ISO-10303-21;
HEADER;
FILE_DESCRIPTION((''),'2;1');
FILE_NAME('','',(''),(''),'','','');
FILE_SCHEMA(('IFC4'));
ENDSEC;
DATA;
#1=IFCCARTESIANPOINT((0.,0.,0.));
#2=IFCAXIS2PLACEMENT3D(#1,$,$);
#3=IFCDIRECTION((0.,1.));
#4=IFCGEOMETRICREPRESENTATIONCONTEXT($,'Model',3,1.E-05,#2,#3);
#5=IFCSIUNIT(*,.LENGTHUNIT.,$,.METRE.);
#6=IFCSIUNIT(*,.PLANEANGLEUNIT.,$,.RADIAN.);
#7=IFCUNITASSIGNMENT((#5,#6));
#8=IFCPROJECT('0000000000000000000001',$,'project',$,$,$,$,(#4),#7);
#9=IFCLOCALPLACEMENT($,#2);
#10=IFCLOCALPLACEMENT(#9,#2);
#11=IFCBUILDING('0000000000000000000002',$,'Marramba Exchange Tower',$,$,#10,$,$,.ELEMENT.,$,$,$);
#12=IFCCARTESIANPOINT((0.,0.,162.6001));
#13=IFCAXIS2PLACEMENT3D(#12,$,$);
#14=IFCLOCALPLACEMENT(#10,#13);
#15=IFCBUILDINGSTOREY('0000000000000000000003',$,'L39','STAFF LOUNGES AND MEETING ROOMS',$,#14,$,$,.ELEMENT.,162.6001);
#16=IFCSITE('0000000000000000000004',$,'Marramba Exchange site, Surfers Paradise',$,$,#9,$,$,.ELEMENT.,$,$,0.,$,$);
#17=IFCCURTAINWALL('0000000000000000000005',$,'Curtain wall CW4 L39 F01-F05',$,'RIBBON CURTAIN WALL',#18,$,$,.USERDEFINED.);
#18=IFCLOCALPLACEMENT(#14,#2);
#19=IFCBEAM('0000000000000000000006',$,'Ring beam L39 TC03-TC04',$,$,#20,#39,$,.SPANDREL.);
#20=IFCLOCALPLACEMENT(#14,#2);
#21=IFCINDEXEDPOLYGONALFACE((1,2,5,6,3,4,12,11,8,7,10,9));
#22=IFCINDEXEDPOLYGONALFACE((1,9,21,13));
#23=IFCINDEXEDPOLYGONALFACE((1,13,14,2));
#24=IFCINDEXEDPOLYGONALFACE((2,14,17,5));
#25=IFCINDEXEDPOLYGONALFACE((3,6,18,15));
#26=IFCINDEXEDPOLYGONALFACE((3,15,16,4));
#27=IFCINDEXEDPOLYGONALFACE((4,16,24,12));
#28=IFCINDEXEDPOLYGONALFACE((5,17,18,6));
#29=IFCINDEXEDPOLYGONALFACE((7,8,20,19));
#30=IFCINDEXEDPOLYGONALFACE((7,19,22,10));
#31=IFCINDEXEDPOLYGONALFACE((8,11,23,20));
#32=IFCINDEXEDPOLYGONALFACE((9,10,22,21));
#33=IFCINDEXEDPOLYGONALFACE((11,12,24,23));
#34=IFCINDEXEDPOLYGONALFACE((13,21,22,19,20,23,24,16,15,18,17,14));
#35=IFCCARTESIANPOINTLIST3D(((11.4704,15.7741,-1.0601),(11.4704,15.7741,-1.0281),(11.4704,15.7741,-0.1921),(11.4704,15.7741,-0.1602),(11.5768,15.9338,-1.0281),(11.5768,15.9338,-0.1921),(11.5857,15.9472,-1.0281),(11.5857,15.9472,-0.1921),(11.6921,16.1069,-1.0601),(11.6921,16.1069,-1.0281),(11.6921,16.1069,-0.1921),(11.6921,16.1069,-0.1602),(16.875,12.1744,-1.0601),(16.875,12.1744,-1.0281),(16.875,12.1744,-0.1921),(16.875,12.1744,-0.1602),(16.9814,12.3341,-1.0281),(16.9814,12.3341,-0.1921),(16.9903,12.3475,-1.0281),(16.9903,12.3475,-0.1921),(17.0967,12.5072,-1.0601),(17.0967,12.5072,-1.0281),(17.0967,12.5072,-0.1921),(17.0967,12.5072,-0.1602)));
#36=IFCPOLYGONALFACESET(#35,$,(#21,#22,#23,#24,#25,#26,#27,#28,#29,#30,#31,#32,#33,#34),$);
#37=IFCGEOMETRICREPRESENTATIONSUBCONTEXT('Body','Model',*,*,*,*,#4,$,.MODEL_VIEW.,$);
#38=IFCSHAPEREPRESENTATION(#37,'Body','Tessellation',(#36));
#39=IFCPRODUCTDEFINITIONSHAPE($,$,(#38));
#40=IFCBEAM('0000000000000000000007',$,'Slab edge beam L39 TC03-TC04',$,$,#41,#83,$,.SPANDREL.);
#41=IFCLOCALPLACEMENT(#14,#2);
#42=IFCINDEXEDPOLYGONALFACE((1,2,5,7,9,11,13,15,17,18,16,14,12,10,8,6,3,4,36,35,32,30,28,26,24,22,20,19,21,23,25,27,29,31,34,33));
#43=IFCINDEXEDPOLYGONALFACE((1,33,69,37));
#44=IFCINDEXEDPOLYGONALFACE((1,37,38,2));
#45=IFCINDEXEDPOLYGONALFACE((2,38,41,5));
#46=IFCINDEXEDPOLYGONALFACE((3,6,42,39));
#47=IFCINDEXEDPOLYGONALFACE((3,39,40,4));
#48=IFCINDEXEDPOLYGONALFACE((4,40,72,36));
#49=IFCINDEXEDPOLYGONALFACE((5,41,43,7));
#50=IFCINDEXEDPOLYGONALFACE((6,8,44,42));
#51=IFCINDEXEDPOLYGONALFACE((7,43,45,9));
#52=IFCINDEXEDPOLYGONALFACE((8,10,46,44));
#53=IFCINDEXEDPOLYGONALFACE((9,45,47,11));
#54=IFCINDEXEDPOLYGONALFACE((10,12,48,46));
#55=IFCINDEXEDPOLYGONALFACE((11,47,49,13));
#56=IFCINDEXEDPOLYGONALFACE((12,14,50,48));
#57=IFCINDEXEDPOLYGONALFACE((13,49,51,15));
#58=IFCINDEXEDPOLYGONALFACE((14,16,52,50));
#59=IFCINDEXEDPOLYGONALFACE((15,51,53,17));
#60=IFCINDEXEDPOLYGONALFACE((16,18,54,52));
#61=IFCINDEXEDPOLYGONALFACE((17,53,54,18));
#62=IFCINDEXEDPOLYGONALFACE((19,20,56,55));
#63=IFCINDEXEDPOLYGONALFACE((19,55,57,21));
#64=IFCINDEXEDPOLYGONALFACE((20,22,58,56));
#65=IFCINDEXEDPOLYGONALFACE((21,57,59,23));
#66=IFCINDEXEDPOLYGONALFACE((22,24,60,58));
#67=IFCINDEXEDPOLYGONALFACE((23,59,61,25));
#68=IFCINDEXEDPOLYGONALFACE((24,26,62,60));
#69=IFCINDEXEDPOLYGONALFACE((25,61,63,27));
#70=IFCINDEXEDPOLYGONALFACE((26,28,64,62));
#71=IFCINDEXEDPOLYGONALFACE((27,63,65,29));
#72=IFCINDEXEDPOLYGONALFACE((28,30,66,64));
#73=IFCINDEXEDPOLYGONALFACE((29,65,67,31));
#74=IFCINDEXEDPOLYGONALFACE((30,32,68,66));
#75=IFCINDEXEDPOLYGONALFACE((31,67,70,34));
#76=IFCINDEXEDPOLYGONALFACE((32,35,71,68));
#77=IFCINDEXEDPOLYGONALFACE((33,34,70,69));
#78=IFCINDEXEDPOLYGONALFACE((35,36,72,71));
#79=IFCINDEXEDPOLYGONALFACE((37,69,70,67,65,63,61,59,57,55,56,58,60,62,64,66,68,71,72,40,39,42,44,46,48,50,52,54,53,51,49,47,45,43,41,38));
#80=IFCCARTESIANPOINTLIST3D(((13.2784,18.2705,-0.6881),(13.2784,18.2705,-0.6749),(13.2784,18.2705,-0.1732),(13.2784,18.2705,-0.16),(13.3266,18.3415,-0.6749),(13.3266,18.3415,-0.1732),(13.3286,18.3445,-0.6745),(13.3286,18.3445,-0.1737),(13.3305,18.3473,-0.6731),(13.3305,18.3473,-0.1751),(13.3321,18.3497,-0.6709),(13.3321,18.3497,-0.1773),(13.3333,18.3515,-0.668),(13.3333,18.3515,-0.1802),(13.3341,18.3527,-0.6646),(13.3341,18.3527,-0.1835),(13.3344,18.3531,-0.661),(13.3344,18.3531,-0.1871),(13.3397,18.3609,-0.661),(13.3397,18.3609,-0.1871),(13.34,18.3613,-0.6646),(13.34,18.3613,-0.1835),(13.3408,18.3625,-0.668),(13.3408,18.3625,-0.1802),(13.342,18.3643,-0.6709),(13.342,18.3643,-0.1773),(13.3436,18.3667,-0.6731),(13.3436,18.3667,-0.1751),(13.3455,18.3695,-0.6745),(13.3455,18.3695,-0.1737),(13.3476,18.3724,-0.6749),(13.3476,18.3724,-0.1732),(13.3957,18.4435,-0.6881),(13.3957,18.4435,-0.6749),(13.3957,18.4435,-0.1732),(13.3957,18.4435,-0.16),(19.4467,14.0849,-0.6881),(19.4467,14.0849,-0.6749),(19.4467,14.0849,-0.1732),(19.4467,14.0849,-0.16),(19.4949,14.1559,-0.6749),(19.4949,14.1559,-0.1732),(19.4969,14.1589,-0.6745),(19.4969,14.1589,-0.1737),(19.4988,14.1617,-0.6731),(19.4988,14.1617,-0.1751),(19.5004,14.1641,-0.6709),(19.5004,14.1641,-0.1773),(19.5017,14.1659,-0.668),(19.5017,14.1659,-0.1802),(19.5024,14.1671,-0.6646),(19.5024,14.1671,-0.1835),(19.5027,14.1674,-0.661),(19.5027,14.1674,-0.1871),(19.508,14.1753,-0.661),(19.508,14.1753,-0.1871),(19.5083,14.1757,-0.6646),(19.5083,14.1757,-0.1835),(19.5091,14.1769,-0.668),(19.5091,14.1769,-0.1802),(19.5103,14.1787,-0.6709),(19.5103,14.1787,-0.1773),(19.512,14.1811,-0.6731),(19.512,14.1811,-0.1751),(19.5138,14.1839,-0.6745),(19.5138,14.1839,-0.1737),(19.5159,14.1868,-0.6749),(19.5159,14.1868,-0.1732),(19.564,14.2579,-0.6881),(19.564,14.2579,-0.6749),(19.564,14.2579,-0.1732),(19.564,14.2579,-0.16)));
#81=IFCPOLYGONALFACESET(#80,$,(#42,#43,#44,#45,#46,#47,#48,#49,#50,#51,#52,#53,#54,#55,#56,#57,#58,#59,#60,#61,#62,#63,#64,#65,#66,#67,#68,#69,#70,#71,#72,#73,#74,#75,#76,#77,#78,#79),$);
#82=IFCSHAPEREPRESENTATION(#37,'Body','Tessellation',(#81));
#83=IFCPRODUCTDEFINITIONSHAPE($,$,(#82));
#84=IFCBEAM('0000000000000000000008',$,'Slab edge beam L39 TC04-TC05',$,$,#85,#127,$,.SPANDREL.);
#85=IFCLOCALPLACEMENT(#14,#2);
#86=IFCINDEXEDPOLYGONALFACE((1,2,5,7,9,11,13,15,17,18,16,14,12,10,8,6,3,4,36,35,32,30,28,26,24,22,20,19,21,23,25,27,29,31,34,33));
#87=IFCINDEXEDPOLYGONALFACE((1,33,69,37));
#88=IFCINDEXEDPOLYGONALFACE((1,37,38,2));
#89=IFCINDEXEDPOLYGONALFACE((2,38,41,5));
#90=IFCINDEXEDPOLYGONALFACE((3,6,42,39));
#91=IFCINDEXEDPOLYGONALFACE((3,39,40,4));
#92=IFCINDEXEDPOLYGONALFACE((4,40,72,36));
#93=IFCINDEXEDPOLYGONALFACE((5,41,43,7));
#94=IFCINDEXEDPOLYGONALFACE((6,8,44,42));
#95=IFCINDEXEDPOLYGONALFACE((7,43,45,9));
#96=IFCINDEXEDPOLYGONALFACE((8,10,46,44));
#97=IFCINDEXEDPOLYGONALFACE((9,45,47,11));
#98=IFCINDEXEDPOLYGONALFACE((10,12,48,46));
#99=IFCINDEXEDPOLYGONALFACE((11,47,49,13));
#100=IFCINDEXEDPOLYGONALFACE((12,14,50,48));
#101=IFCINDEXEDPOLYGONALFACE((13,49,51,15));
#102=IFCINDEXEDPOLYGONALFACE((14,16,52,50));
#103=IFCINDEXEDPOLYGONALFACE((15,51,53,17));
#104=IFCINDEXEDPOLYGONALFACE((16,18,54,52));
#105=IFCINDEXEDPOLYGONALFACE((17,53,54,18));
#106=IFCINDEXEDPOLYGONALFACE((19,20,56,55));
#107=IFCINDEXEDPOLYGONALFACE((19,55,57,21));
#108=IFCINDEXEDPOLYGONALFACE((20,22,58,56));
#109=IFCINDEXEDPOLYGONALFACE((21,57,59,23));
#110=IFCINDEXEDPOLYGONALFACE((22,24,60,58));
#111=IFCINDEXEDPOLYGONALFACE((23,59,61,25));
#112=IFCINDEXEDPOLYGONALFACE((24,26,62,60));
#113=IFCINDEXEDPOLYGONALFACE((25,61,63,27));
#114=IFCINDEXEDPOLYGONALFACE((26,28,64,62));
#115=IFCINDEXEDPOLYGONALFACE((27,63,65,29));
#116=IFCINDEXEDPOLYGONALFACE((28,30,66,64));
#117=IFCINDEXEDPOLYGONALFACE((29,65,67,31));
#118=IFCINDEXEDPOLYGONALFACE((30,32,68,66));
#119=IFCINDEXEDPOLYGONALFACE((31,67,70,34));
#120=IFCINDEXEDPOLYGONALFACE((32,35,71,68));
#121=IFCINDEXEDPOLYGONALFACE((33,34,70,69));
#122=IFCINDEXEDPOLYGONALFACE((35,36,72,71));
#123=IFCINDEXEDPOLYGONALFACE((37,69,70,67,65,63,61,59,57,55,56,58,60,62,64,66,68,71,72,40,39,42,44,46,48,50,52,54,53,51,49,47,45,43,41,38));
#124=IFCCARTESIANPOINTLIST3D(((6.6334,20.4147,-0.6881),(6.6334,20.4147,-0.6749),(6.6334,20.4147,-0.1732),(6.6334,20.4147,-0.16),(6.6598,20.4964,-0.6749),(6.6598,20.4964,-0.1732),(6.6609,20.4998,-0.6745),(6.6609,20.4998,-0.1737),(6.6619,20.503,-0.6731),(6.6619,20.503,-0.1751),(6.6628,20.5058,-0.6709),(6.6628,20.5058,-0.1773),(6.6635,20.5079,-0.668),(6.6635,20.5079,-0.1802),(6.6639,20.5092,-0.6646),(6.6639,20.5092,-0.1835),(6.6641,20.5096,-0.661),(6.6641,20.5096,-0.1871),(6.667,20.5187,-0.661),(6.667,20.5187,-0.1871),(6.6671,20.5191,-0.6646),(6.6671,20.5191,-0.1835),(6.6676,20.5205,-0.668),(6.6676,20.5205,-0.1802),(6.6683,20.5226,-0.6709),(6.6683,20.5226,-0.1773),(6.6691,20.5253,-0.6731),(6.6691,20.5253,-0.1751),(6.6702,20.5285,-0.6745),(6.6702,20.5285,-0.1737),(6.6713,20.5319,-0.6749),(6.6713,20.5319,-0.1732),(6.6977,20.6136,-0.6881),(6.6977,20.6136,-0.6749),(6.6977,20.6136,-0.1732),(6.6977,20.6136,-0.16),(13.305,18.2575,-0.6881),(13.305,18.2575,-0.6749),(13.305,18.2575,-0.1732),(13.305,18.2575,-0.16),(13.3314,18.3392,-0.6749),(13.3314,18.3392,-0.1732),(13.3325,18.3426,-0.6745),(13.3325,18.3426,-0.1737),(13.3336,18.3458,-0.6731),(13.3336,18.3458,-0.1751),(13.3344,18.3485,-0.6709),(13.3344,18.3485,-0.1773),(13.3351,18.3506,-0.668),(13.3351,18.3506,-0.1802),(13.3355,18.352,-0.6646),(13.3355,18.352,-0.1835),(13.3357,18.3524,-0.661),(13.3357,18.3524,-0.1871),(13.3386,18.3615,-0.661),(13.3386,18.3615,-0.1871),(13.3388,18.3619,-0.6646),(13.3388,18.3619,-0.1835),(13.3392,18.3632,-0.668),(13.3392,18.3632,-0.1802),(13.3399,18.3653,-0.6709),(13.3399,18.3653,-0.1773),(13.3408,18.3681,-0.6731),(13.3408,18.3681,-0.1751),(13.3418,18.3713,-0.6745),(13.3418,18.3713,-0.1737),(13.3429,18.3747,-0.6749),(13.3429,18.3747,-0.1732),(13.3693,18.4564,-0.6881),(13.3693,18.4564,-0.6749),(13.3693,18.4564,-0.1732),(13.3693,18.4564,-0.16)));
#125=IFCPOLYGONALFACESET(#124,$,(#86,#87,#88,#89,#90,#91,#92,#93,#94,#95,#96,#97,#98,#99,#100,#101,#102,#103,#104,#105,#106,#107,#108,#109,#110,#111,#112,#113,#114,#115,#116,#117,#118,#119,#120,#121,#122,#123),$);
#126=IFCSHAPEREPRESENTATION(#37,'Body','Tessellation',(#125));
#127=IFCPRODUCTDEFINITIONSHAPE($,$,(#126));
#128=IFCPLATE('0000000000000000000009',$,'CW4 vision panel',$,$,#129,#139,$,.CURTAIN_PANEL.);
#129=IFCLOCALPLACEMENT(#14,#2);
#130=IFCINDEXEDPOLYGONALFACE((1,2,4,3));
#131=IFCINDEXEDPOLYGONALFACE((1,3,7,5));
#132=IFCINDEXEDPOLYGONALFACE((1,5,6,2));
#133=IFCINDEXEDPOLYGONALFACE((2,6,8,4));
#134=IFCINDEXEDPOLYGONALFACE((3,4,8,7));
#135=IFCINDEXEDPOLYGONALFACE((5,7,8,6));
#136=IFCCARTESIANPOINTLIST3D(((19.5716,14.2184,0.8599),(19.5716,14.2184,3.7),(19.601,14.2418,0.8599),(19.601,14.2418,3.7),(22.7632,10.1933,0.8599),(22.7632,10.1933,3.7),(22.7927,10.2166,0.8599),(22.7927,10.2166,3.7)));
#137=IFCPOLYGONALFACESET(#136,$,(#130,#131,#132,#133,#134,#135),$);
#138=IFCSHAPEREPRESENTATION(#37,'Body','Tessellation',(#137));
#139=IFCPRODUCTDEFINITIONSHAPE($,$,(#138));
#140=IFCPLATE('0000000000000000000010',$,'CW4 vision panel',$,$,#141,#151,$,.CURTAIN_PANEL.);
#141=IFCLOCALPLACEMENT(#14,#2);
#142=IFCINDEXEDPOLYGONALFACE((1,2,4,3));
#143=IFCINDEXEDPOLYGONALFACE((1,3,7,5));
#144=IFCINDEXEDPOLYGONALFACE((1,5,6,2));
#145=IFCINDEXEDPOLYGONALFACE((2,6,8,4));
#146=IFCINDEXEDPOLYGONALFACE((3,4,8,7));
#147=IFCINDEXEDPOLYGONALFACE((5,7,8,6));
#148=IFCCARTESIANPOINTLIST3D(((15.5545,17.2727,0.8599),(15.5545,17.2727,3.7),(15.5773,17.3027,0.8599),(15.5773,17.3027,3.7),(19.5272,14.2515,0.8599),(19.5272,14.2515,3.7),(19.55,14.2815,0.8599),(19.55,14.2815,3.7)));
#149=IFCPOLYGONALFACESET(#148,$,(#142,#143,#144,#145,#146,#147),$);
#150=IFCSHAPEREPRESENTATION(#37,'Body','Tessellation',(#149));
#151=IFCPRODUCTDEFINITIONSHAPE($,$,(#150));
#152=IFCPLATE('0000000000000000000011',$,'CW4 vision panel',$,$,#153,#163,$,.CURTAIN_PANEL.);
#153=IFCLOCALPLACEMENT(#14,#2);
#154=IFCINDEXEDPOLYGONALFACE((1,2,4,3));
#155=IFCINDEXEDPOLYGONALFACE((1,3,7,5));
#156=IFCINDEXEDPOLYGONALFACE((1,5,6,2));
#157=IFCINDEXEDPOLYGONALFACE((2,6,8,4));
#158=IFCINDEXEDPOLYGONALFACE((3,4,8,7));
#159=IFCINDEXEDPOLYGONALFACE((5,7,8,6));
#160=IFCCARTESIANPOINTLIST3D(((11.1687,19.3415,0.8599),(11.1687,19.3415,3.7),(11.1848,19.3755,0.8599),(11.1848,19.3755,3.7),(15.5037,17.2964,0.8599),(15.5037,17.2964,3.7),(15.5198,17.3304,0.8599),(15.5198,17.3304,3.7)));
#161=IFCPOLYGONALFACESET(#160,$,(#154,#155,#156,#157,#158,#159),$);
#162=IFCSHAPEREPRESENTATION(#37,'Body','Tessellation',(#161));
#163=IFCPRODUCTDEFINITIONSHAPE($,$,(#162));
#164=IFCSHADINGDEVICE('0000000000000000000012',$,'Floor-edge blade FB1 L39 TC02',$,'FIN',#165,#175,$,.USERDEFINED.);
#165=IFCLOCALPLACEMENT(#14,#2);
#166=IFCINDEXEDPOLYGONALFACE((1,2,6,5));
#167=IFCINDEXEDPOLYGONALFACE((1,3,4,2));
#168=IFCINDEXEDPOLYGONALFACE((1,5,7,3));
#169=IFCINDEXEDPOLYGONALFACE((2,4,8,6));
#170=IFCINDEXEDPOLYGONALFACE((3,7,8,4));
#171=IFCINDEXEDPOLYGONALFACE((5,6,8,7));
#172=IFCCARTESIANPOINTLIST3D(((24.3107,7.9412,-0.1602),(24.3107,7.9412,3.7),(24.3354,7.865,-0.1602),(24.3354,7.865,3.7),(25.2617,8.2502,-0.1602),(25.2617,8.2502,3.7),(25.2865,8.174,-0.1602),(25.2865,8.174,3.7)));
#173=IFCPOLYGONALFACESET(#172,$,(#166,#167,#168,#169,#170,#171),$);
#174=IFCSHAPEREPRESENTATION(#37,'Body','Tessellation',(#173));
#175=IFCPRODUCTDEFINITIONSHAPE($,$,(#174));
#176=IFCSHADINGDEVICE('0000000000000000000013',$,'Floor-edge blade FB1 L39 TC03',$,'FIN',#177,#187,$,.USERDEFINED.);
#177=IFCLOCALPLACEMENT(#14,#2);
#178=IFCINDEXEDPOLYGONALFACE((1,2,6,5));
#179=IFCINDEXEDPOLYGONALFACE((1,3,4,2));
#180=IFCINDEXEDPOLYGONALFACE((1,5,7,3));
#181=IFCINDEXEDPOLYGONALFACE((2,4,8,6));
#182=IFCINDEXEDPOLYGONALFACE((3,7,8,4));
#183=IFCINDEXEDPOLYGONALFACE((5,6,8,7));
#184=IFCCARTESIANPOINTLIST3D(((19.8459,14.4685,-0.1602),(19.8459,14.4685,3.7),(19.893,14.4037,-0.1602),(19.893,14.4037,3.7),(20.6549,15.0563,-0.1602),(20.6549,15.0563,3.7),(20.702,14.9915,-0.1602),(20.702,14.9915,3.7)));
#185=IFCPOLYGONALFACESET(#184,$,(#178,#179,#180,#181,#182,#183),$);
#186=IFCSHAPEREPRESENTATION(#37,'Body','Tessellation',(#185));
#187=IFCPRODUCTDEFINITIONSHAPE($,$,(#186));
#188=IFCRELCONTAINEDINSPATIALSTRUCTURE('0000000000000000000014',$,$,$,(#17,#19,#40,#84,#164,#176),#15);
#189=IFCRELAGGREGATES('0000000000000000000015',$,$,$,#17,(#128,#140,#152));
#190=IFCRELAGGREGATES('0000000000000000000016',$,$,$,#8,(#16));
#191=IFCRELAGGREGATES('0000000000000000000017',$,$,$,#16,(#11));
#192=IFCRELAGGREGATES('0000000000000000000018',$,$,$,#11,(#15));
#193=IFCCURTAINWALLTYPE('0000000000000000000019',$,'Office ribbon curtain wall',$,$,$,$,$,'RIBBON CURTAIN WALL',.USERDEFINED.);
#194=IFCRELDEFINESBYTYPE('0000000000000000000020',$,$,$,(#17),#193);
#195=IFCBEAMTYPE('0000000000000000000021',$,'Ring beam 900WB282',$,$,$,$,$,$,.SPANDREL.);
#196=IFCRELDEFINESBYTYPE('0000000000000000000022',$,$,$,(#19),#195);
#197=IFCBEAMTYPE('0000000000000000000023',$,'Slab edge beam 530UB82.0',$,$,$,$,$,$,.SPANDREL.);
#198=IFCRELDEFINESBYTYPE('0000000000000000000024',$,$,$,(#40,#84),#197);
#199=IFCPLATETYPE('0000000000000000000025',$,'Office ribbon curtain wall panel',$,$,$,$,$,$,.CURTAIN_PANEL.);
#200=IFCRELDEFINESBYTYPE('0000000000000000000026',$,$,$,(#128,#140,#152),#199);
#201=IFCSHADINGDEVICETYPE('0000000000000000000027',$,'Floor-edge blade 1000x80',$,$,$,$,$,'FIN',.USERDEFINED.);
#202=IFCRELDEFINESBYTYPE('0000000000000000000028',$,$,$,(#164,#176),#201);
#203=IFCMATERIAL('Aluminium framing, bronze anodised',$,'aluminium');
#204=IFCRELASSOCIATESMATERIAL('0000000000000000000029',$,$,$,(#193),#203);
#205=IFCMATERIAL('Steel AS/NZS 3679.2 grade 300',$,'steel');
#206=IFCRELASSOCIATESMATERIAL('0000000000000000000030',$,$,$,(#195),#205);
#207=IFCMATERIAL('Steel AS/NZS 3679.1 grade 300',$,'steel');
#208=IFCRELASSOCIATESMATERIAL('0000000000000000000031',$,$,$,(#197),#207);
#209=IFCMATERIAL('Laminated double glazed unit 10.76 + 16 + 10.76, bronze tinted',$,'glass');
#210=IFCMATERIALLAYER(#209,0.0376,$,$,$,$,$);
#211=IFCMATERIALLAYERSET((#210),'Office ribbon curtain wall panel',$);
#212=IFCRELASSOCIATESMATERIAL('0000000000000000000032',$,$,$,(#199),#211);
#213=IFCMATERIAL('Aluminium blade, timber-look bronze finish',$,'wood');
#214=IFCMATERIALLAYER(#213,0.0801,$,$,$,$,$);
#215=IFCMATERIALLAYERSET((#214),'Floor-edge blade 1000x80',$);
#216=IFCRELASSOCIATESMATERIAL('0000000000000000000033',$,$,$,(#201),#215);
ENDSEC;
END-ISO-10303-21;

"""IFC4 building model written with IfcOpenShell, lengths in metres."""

from ifc_helpers import new_model, si_unit, direction, frame, origin, origin_2d, place, context, subcontext, project, spatial, rectangle, i_section, extrude, material, layer, layer_set, material_profile, profile_set, type_object, element, aggregate, save


model = new_model("IFC4")

# Units and contexts
model_context = context("Model", 3, precision=1e-05, world=origin(), true_north=direction((0.0, 1.0)))
body_context = subcontext(model_context, "Body", "Model", "MODEL_VIEW")
ifc_project = project(units=[si_unit("LENGTHUNIT", "METRE"), si_unit("PLANEANGLEUNIT", "RADIAN")], contexts=[model_context])

# Site, building, storey
site_placement = place(None, origin())
site = spatial("IfcSite", under=ifc_project, at=site_placement, Name="Marramba Exchange site, Surfers Paradise", CompositionType="ELEMENT", RefElevation=0.0)
building_placement = place(site_placement, origin())
building = spatial("IfcBuilding", under=site, at=building_placement, Name="Marramba Exchange Tower", CompositionType="ELEMENT")
storey_placement = place(building_placement, frame((0.0, 0.0, 162.6001)))
storey = spatial("IfcBuildingStorey", under=building, at=storey_placement, Name="L39", Description="STAFF LOUNGES AND MEETING ROOMS", CompositionType="ELEMENT", Elevation=162.6001)

# Shared definitions
ifc_material_1 = material(Name="Steel AS/NZS 3679.2 grade 300", Category="steel")
ifc_material_2 = material(Name="Steel AS/NZS 3679.1 grade 300", Category="steel")

# Curtain wall
ifc_material_3 = material(Name="Aluminium framing, bronze anodised", Category="aluminium")
curtain_wall_type = type_object("IfcCurtainWallType", Name="Office ribbon curtain wall", ElementType="RIBBON CURTAIN WALL", PredefinedType="USERDEFINED", material=ifc_material_3)
curtain_wall_placement = place(storey_placement, origin())
curtain_wall = element("IfcCurtainWall", 1, at=curtain_wall_placement, inside=storey, type_object=curtain_wall_type, Name="Curtain wall CW4 L39 F01-F05", ObjectType="RIBBON CURTAIN WALL", PredefinedType="USERDEFINED")

# Beams
ifc_material_profile_1 = material_profile(ifc_material_1, i_section(OverallWidth=0.3999, OverallDepth=0.8999, WebThickness=0.0161, FlangeThickness=0.032, at=origin_2d()), Name="900WB282")
ifc_profile_set_1 = profile_set([ifc_material_profile_1], Name="Steel AS/NZS 3679.2 grade 300")
beam_type_1 = type_object("IfcBeamType", Name="Ring beam 900WB282", PredefinedType="SPANDREL", material=ifc_profile_set_1)
beam_1_placement = place(storey_placement, frame((16.9858, 12.3408, -0.6101), z_axis=(-0.832293, 0.554336, 0.0), x_axis=(-0.554336, -0.832293, 0.0)))
element("IfcBeam", 2, at=beam_1_placement, inside=storey, type_object=beam_type_1, Name="Ring beam L39 TC03-TC04", PredefinedType="SPANDREL", context=body_context, shape_type="SweptSolid", body=[
    extrude(i_section(OverallWidth=0.3999, OverallDepth=0.8999, WebThickness=0.0161, FlangeThickness=0.032, at=origin_2d()), origin(), (0.0, 0.0, 1.0), 6.4937),
])
ifc_material_profile_2 = material_profile(ifc_material_2, i_section(OverallWidth=0.209, OverallDepth=0.5281, WebThickness=0.0095, FlangeThickness=0.0132, FilletRadius=0.0139, at=origin_2d()), Name="530UB82.0")
ifc_profile_set_2 = profile_set([ifc_material_profile_2], Name="Steel AS/NZS 3679.1 grade 300")
beam_type_2 = type_object("IfcBeamType", Name="Slab edge beam 530UB82.0", PredefinedType="SPANDREL", material=ifc_profile_set_2)
beam_2_placement = place(storey_placement, frame((19.5054, 14.1714, -0.4241), z_axis=(-0.827477, 0.561499, 0.0), x_axis=(-0.561499, -0.827477, 0.0)))
element("IfcBeam", 3, at=beam_2_placement, inside=storey, type_object=beam_type_2, Name="Slab edge beam L39 TC03-TC04", PredefinedType="SPANDREL", context=body_context, shape_type="SweptSolid", body=[
    extrude(i_section(OverallWidth=0.209, OverallDepth=0.5281, WebThickness=0.0095, FlangeThickness=0.0132, FilletRadius=0.0139, at=origin_2d()), origin(), (0.0, 0.0, 1.0), 7.4543),
])
beam_3_placement = place(storey_placement, frame((13.3372, 18.3569, -0.4241), z_axis=(-0.951496, 0.30766, 0.0), x_axis=(-0.30766, -0.951496, 0.0)))
element("IfcBeam", 4, at=beam_3_placement, inside=storey, type_object=beam_type_2, Name="Slab edge beam L39 TC04-TC05", PredefinedType="SPANDREL", context=body_context, shape_type="SweptSolid", body=[
    extrude(i_section(OverallWidth=0.209, OverallDepth=0.5281, WebThickness=0.0095, FlangeThickness=0.0132, FilletRadius=0.0139, at=origin_2d()), origin(), (0.0, 0.0, 1.0), 7.0117),
])

# Plates
ifc_material_4 = material(Name="Laminated double glazed unit 10.76 + 16 + 10.76, bronze tinted", Category="glass")
ifc_layer_1 = layer(ifc_material_4, 0.0376)
ifc_layer_set_1 = layer_set([ifc_layer_1], Name="Office ribbon curtain wall panel")
plate_type = type_object("IfcPlateType", Name="Office ribbon curtain wall panel", PredefinedType="CURTAIN_PANEL", material=ifc_layer_set_1)
plate_1_placement = place(storey_placement, frame((21.1821, 12.2175, 0.8599), z_axis=(0.0, 0.0, 1.0), x_axis=(-0.621312, 0.783563, 0.0)))
plate_1 = element("IfcPlate", 5, at=plate_1_placement, type_object=plate_type, Name="CW4 vision panel", PredefinedType="CURTAIN_PANEL", context=body_context, shape_type="SweptSolid", body=[
    extrude(rectangle(XDim=5.137, YDim=0.0376, at=origin_2d()), origin(), (0.0, 0.0, 1.0), 2.8401),
])
plate_2_placement = place(storey_placement, frame((17.5522, 15.7771, 0.8599), z_axis=(0.0, 0.0, 1.0), x_axis=(-0.795972, 0.605334, 0.0)))
plate_2 = element("IfcPlate", 6, at=plate_2_placement, type_object=plate_type, Name="CW4 vision panel", PredefinedType="CURTAIN_PANEL", context=body_context, shape_type="SweptSolid", body=[
    extrude(rectangle(XDim=4.991, YDim=0.0376, at=origin_2d()), origin(), (0.0, 0.0, 1.0), 2.8401),
])
plate_3_placement = place(storey_placement, frame((13.3442, 18.3359, 0.8599), z_axis=(0.0, 0.0, 1.0), x_axis=(-0.904403, 0.426679, 0.0)))
plate_3 = element("IfcPlate", 7, at=plate_3_placement, type_object=plate_type, Name="CW4 vision panel", PredefinedType="CURTAIN_PANEL", context=body_context, shape_type="SweptSolid", body=[
    extrude(rectangle(XDim=4.7932, YDim=0.0376, at=origin_2d()), origin(), (0.0, 0.0, 1.0), 2.8401),
])
aggregate(curtain_wall, [plate_1, plate_2, plate_3])

# Shading devices
ifc_material_5 = material(Name="Aluminium blade, timber-look bronze finish", Category="wood")
ifc_layer_2 = layer(ifc_material_5, 0.0801)
ifc_layer_set_2 = layer_set([ifc_layer_2], Name="Floor-edge blade 1000x80")
shading_device_type_1 = type_object("IfcShadingDeviceType", Name="Floor-edge blade 1000x80", ElementType="FIN", PredefinedType="USERDEFINED", material=ifc_layer_set_2)
for number, where, z_axis, x_axis, name in (
    (8, (24.7986, 8.0576, -0.1602), (0.0, 0.0, 1.0), (0.951057, 0.309017, 0.0), "Floor-edge blade FB1 L39 TC02"),
    (9, (20.2739, 14.73, -0.1602), (0.0, 0.0, 1.0), (0.809017, 0.587785, 0.0), "Floor-edge blade FB1 L39 TC03"),
):
    element("IfcShadingDevice", number, at=place(storey_placement, frame(where, z_axis=z_axis, x_axis=x_axis)), inside=storey, type_object=shading_device_type_1, Name=name, ObjectType="FIN", PredefinedType="USERDEFINED", context=body_context, shape_type="SweptSolid", body=[
        extrude(rectangle(XDim=1.0, YDim=0.0801, at=origin_2d()), origin(), (0.0, 0.0, 1.0), 3.8601),
    ])

save(model, "model.ifc")
